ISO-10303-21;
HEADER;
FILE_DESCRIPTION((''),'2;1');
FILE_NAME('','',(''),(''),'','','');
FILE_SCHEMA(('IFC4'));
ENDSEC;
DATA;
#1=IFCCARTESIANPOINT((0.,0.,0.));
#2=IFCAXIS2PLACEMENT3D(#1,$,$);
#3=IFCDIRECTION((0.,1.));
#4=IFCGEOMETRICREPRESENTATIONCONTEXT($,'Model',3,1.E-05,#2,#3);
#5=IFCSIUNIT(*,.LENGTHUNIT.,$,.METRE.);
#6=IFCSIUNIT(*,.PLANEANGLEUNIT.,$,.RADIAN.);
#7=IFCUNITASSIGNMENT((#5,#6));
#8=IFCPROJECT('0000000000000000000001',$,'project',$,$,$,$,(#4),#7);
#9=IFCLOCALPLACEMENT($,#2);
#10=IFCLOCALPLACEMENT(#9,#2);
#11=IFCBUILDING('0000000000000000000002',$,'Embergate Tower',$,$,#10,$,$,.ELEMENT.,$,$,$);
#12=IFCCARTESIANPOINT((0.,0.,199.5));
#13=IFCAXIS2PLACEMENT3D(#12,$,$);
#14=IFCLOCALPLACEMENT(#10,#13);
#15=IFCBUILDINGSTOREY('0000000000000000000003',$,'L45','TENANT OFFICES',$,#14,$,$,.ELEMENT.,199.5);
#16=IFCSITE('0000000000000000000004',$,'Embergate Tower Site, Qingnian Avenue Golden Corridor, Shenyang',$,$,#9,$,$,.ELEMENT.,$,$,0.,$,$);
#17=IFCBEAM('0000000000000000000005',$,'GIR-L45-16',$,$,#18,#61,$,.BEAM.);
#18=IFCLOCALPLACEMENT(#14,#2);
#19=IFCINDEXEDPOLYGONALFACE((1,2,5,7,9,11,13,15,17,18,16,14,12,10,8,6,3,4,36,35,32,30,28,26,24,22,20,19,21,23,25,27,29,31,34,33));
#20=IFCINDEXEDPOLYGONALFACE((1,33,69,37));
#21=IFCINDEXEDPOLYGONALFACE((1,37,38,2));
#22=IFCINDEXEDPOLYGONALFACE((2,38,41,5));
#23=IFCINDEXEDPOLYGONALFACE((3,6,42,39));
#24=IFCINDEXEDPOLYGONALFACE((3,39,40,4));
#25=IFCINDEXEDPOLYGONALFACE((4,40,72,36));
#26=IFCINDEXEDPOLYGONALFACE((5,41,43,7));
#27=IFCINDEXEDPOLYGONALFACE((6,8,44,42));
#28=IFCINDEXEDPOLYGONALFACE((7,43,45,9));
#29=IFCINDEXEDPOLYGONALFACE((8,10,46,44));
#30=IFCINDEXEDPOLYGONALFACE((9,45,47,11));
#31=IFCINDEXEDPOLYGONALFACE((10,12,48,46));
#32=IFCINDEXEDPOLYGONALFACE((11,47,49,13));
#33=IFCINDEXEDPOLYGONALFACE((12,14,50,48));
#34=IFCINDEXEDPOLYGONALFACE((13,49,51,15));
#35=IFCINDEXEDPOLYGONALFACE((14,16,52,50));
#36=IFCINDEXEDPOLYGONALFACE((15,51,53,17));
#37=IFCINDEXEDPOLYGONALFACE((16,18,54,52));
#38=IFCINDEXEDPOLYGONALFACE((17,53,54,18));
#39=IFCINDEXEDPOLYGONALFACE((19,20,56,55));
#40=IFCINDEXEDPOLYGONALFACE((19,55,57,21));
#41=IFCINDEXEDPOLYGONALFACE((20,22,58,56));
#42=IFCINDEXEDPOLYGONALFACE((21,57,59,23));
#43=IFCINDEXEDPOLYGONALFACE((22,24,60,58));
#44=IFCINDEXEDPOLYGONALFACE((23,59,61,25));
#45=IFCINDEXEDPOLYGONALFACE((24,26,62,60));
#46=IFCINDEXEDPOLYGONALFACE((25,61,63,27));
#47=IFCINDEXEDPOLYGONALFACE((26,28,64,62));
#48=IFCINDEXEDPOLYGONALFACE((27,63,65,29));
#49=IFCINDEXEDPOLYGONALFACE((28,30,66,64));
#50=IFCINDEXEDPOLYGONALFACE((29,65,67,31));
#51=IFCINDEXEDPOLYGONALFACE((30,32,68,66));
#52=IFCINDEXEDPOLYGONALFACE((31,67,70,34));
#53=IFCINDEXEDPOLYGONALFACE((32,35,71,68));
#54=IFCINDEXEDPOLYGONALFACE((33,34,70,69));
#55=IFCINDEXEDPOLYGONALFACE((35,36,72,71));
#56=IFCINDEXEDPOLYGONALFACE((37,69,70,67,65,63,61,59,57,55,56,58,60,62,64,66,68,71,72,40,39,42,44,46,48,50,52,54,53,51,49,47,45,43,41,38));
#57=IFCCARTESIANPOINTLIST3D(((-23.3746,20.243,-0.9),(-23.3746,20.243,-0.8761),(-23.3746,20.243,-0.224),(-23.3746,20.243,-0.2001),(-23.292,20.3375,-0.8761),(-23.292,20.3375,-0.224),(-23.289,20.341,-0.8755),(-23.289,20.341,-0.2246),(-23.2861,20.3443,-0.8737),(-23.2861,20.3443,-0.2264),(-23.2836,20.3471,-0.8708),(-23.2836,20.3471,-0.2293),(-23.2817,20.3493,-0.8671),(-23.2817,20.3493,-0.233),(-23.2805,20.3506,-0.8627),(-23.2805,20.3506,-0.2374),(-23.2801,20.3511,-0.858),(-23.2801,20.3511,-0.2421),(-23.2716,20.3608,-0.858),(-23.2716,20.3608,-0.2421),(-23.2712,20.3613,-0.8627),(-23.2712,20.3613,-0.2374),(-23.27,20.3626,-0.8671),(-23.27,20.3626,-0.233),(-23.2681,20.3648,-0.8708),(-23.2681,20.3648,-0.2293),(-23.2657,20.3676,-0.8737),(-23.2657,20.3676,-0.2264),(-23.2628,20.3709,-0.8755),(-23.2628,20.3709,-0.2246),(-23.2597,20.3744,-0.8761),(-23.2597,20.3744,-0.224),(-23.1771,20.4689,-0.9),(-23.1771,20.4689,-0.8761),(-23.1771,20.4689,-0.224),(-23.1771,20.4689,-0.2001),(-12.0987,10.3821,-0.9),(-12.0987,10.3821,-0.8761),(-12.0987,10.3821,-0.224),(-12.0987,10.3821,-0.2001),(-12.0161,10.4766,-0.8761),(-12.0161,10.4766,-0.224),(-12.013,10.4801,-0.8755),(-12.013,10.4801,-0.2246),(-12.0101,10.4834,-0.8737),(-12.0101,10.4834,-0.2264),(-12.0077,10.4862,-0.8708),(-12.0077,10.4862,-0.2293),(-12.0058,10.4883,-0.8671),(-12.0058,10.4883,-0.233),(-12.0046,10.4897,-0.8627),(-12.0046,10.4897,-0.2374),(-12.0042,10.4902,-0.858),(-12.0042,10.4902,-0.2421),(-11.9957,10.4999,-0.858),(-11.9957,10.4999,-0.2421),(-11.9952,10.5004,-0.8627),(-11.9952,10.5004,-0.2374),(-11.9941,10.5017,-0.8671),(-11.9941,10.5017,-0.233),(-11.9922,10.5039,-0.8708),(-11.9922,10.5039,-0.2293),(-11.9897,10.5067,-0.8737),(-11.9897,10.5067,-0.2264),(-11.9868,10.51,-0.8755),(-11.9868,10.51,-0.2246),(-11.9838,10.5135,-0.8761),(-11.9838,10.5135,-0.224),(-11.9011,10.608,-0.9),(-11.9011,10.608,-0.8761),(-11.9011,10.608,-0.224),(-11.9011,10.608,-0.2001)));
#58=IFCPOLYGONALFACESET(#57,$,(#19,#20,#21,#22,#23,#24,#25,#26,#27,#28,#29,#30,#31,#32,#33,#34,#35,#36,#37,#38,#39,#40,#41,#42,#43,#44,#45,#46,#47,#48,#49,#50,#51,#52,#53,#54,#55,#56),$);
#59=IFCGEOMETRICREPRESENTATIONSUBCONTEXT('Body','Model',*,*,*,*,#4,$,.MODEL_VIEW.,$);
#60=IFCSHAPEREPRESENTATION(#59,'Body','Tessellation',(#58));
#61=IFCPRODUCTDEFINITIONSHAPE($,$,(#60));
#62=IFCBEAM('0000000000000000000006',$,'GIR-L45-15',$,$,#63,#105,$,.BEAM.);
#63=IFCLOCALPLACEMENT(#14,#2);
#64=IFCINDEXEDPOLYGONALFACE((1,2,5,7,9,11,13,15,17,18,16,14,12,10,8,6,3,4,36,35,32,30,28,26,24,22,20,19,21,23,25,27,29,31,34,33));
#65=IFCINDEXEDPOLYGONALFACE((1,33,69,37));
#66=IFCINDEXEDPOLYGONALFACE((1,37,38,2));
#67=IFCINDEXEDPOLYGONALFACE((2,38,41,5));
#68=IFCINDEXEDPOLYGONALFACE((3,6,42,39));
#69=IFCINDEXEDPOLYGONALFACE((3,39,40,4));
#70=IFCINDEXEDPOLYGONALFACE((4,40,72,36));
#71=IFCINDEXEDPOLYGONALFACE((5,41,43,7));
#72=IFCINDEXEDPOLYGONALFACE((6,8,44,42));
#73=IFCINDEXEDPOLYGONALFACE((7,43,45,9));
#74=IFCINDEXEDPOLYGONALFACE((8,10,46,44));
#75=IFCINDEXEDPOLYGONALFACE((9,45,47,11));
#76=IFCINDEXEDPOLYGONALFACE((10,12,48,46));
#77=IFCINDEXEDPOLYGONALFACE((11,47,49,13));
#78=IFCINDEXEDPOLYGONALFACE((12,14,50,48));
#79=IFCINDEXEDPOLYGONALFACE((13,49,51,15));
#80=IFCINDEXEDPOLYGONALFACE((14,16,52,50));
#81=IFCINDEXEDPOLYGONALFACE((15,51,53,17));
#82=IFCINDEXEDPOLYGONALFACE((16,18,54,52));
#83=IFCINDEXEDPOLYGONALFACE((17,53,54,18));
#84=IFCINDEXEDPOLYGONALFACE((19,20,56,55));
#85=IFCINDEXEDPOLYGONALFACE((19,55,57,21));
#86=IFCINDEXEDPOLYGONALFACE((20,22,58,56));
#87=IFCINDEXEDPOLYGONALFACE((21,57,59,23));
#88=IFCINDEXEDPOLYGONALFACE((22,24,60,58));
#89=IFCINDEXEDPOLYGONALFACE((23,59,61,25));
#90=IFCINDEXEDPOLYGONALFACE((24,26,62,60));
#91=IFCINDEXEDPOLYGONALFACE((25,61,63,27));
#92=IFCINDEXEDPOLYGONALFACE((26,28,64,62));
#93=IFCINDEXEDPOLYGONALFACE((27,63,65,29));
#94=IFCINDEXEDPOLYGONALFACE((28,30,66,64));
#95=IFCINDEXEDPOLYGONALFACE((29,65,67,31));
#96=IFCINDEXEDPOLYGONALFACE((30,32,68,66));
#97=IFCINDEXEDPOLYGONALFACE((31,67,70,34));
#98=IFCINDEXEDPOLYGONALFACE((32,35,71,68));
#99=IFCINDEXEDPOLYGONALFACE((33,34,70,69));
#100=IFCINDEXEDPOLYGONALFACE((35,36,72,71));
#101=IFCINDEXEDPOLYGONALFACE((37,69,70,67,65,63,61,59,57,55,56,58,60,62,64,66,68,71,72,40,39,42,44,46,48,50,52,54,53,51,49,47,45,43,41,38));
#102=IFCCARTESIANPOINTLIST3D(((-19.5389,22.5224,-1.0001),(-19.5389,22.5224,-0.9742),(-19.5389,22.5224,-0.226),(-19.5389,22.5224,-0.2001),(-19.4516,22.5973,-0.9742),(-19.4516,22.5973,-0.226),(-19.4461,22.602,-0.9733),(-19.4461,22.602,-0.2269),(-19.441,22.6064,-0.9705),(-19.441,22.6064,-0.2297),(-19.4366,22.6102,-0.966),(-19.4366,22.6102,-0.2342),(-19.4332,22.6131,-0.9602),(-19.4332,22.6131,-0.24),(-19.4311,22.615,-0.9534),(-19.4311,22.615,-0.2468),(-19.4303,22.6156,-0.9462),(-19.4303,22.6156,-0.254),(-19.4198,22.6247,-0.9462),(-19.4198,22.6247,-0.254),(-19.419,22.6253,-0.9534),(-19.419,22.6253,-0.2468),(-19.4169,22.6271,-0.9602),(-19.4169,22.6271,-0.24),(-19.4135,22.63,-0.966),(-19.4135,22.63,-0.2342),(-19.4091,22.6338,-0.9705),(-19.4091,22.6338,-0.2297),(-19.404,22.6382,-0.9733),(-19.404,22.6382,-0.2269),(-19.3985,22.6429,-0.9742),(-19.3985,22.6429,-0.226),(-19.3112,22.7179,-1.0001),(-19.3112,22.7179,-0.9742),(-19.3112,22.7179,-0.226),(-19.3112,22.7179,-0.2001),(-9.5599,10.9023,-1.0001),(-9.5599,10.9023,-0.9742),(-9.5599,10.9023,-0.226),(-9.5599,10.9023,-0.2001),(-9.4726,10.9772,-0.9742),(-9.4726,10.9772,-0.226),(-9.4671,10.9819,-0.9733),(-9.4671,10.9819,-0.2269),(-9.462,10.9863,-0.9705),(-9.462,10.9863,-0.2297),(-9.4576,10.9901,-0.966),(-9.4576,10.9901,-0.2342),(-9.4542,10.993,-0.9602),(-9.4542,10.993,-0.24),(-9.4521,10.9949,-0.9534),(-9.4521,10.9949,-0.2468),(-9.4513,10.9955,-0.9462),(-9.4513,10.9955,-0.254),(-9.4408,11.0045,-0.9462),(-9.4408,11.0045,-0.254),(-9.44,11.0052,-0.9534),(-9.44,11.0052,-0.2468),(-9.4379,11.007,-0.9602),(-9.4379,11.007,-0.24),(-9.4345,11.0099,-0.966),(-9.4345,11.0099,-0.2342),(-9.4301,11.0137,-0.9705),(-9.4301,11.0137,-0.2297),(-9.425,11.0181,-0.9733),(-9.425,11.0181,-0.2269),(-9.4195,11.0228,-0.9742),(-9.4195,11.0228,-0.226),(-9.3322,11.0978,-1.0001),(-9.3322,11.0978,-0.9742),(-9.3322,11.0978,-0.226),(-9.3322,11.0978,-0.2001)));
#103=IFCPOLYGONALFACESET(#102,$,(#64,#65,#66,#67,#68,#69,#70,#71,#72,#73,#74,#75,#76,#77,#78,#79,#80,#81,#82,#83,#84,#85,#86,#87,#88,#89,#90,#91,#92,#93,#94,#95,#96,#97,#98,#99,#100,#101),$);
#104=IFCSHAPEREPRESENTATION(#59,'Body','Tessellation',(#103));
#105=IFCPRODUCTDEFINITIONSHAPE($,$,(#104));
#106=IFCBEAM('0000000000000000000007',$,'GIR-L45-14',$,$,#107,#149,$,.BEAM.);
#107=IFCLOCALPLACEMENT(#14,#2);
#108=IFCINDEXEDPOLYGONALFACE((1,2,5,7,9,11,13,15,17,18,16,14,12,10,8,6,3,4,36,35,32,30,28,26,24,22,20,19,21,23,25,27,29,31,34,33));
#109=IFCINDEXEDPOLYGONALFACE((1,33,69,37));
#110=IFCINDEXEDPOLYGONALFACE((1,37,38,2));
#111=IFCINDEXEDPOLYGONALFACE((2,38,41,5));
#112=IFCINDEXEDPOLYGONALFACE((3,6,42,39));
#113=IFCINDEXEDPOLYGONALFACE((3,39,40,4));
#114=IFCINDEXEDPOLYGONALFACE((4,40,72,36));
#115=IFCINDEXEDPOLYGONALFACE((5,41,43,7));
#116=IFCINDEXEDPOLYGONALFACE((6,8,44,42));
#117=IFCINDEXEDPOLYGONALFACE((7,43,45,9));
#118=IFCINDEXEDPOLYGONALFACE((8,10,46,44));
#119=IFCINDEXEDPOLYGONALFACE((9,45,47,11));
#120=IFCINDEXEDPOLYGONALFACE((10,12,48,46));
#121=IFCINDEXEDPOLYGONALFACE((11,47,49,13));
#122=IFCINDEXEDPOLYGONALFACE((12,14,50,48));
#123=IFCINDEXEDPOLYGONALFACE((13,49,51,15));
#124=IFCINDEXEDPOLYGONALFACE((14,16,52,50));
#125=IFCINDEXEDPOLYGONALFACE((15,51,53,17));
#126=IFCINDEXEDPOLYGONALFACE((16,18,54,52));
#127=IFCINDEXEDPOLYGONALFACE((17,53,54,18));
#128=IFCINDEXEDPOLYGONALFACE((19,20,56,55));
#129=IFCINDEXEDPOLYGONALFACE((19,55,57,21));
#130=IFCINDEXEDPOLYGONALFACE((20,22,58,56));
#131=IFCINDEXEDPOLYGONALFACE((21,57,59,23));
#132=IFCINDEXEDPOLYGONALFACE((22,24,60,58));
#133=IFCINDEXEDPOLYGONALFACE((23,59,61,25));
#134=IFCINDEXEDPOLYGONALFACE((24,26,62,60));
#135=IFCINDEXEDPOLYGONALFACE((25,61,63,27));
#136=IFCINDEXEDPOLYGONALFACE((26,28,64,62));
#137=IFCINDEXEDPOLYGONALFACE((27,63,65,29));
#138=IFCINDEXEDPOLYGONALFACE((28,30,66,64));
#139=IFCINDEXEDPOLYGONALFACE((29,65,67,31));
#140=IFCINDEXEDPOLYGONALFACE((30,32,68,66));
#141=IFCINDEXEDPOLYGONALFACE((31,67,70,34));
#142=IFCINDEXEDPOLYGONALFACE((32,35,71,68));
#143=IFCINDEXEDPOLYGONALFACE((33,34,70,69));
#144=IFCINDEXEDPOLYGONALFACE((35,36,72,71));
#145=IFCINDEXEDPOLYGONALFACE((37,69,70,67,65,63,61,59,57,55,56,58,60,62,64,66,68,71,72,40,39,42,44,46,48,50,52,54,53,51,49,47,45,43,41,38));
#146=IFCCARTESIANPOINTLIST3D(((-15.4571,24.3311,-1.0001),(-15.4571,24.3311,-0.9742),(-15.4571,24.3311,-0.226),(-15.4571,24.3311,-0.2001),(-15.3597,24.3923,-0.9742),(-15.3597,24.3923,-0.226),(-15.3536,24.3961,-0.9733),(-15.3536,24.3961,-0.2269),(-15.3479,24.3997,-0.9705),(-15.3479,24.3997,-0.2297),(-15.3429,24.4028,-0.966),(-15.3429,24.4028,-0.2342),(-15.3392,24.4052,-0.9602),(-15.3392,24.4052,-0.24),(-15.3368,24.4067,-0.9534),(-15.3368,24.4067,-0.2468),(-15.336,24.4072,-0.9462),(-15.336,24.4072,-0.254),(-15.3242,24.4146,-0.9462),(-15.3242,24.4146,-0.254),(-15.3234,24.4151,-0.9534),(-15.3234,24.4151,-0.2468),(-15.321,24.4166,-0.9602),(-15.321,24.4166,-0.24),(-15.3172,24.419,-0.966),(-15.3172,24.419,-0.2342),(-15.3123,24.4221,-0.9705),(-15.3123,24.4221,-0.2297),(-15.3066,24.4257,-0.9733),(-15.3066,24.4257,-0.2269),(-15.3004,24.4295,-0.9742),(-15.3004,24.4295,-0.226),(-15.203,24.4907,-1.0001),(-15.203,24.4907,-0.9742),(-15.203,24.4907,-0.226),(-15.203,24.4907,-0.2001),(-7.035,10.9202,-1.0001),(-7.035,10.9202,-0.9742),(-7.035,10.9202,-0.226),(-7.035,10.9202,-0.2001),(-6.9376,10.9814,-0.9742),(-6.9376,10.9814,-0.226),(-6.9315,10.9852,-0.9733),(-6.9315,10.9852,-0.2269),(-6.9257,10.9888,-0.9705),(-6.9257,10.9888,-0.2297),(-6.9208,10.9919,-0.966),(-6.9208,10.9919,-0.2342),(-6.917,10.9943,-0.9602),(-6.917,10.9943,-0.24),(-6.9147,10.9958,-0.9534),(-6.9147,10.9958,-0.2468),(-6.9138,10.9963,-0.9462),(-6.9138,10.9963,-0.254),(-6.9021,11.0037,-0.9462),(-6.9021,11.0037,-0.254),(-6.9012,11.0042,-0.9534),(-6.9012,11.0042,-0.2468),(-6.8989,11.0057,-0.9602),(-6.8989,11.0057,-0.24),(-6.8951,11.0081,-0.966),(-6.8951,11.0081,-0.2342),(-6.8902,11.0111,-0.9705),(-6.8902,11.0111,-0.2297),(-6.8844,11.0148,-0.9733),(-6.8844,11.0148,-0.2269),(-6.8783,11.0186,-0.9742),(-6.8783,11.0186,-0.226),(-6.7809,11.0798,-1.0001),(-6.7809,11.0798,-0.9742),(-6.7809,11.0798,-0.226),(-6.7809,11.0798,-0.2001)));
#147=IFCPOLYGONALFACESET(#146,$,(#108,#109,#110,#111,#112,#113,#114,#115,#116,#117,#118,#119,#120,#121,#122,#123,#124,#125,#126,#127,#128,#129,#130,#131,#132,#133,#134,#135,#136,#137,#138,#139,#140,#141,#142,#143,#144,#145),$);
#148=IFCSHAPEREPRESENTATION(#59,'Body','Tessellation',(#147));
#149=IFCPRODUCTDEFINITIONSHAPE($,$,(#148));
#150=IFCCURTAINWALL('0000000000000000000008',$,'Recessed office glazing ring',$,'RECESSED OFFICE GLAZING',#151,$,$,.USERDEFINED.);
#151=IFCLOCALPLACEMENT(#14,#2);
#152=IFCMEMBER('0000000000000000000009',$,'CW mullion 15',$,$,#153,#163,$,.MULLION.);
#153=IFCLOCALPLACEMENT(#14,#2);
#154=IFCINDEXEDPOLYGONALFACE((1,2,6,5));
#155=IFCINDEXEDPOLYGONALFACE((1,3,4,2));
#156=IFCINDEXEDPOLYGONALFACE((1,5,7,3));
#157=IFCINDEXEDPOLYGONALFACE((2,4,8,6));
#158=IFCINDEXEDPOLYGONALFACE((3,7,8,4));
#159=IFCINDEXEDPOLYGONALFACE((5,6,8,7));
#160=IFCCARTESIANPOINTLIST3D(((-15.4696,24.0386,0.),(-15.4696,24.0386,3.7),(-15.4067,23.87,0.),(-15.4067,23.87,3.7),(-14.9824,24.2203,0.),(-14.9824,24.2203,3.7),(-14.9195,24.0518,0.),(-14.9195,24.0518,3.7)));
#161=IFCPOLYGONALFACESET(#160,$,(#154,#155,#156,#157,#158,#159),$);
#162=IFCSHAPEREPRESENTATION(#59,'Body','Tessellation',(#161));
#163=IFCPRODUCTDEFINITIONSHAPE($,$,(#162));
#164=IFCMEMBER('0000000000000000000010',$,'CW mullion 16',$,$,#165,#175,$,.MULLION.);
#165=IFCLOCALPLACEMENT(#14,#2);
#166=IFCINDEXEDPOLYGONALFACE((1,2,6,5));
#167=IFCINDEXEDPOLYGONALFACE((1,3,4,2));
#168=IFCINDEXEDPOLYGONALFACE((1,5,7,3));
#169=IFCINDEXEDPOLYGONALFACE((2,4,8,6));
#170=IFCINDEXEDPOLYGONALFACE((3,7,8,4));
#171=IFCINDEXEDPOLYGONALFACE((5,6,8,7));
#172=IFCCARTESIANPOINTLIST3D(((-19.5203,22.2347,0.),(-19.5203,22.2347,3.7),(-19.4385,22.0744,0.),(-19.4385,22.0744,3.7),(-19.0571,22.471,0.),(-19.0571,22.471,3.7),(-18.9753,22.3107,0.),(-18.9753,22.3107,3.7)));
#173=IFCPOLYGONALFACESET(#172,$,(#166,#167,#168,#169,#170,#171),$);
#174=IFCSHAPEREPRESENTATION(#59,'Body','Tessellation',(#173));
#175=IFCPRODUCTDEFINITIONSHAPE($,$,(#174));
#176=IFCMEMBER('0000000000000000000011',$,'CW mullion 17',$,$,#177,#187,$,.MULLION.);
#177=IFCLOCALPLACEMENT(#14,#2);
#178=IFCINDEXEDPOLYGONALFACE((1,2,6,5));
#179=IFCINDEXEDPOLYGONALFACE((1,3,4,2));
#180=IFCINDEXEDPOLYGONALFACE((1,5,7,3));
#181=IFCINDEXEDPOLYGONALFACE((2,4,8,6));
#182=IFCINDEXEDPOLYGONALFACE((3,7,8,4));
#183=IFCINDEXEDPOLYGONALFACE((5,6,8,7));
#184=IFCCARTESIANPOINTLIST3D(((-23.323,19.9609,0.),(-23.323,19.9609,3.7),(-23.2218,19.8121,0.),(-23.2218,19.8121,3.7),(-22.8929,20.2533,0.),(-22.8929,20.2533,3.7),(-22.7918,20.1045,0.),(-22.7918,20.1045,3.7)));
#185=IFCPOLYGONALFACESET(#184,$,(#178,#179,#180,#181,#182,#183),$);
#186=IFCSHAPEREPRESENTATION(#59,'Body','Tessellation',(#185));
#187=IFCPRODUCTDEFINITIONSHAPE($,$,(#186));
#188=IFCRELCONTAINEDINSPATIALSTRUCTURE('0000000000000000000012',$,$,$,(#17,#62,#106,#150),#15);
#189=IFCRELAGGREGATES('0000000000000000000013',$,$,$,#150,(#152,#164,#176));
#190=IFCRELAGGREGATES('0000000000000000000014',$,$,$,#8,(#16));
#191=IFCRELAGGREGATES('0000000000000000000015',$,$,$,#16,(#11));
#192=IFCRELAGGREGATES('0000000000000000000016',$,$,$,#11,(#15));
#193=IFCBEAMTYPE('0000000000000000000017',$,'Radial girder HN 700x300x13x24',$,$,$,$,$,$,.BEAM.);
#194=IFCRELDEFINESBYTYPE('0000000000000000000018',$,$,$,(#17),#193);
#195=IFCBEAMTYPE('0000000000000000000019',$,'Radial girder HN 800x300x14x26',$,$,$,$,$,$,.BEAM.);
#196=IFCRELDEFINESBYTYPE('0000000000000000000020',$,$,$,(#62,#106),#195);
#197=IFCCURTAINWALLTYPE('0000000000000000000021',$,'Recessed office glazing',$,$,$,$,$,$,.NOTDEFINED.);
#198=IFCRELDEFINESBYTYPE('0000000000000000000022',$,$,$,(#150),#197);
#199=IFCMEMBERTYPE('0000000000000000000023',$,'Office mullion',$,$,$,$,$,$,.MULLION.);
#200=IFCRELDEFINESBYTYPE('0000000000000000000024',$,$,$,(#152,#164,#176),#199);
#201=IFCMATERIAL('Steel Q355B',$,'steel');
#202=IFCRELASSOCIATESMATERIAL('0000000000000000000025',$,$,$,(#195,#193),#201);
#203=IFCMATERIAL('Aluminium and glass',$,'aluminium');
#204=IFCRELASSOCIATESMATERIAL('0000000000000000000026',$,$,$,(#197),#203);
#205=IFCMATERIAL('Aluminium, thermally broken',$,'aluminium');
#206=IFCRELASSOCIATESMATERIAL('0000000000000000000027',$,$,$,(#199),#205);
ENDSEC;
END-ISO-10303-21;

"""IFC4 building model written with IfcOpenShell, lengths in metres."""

from ifc_helpers import new_model, si_unit, direction, frame, origin, origin_2d, place, context, subcontext, project, spatial, rectangle, i_section, extrude, source, transform, mapped, material, material_profile, profile_set, type_object, element, aggregate, save


model = new_model("IFC4")

# Units and contexts
model_context = context("Model", 3, precision=1e-05, world=origin(), true_north=direction((0.0, 1.0)))
body_context = subcontext(model_context, "Body", "Model", "MODEL_VIEW")
ifc_project = project(units=[si_unit("LENGTHUNIT", "METRE"), si_unit("PLANEANGLEUNIT", "RADIAN")], contexts=[model_context])

# Site, building, storey
site_placement = place(None, origin())
site = spatial("IfcSite", under=ifc_project, at=site_placement, Name="Embergate Tower Site, Qingnian Avenue Golden Corridor, Shenyang", CompositionType="ELEMENT", RefElevation=0.0)
building_placement = place(site_placement, origin())
building = spatial("IfcBuilding", under=site, at=building_placement, Name="Embergate Tower", CompositionType="ELEMENT")
storey_placement = place(building_placement, frame((0.0, 0.0, 199.5)))
storey = spatial("IfcBuildingStorey", under=building, at=storey_placement, Name="L45", Description="TENANT OFFICES", CompositionType="ELEMENT", Elevation=199.5)

# Beams
ifc_material_1 = material(Name="Steel Q355B", Category="steel")
ifc_material_profile_1 = material_profile(ifc_material_1, i_section(OverallWidth=0.3, OverallDepth=0.8, WebThickness=0.0139, FlangeThickness=0.0259, FilletRadius=0.0281, at=origin_2d()), Name="HN 800x300x14x26")
ifc_profile_set_1 = profile_set([ifc_material_profile_1], Name="Steel Q355 grade B")
beam_type_1 = type_object("IfcBeamType", Name="Radial girder HN 800x300x14x26", PredefinedType="BEAM", material=ifc_profile_set_1)
ifc_material_profile_2 = material_profile(ifc_material_1, i_section(OverallWidth=0.3, OverallDepth=0.7, WebThickness=0.0129, FlangeThickness=0.0239, FilletRadius=0.0181, at=origin_2d()), Name="HN 700x300x13x24")
ifc_profile_set_2 = profile_set([ifc_material_profile_2], Name="Steel Q355 grade B")
beam_type_2 = type_object("IfcBeamType", Name="Radial girder HN 700x300x13x24", PredefinedType="BEAM", material=ifc_profile_set_2)
shared_shape_1 = source(origin(), body_context, "Body", "SweptSolid", [
    extrude(i_section(OverallWidth=0.3, OverallDepth=0.7, WebThickness=0.0129, FlangeThickness=0.0239, FilletRadius=0.0181, at=origin_2d()), origin(), (0.0, 0.0, 1.0), 14.9795),
])
beam_1_placement = place(storey_placement, frame((-23.2759, 20.356, -0.55), z_axis=(0.75276, -0.658295, 0.0), x_axis=(0.658295, 0.75276, 0.0)))
element("IfcBeam", 1, at=beam_1_placement, inside=storey, type_object=beam_type_2, Name="GIR-L45-16", PredefinedType="BEAM", context=body_context, shape_type="MappedRepresentation", body=[
    mapped(shared_shape_1, transform((0.0, 0.0, 0.0))),
])
shared_shape_2 = source(origin(), body_context, "Body", "SweptSolid", [
    extrude(i_section(OverallWidth=0.3, OverallDepth=0.8, WebThickness=0.0139, FlangeThickness=0.0259, FilletRadius=0.0281, at=origin_2d()), origin(), (0.0, 0.0, 1.0), 15.3169),
])
beam_2_placement = place(storey_placement, frame((-19.425, 22.6201, -0.6001), z_axis=(0.651503, -0.758646, 0.0), x_axis=(0.758646, 0.651503, 0.0)))
element("IfcBeam", 2, at=beam_2_placement, inside=storey, type_object=beam_type_1, Name="GIR-L45-15", PredefinedType="BEAM", context=body_context, shape_type="MappedRepresentation", body=[
    mapped(shared_shape_2, transform((0.0, 0.0, 0.0))),
])
shared_shape_3 = source(origin(), body_context, "Body", "SweptSolid", [
    extrude(i_section(OverallWidth=0.3, OverallDepth=0.8, WebThickness=0.0139, FlangeThickness=0.0259, FilletRadius=0.0281, at=origin_2d()), origin(), (0.0, 0.0, 1.0), 15.8362),
])
beam_3_placement = place(storey_placement, frame((-15.3301, 24.4109, -0.6001), z_axis=(0.531828, -0.846852, 0.0), x_axis=(0.846852, 0.531828, 0.0)))
element("IfcBeam", 3, at=beam_3_placement, inside=storey, type_object=beam_type_1, Name="GIR-L45-14", PredefinedType="BEAM", context=body_context, shape_type="MappedRepresentation", body=[
    mapped(shared_shape_3, transform((0.0, 0.0, 0.0))),
])

# Curtain wall, members
ifc_material_2 = material(Name="Aluminium and glass", Category="aluminium")
curtain_wall_type = type_object("IfcCurtainWallType", Name="Recessed office glazing", PredefinedType="NOTDEFINED", material=ifc_material_2)
curtain_wall_placement = place(storey_placement, origin())
curtain_wall = element("IfcCurtainWall", 4, at=curtain_wall_placement, inside=storey, type_object=curtain_wall_type, Name="Recessed office glazing ring", ObjectType="RECESSED OFFICE GLAZING", PredefinedType="USERDEFINED")
ifc_material_3 = material(Name="Aluminium, thermally broken", Category="aluminium")
ifc_material_profile_3 = material_profile(ifc_material_3, rectangle(XDim=0.1799, YDim=0.52, at=origin_2d()), Name="AL 520x180")
ifc_profile_set_3 = profile_set([ifc_material_profile_3], Name="Aluminium, thermally broken")
member_type_1 = type_object("IfcMemberType", Name="Office mullion", PredefinedType="MULLION", material=ifc_profile_set_3)
shared_shape_4 = source(origin(), body_context, "Body", "SweptSolid", [
    extrude(rectangle(XDim=0.1799, YDim=0.52, at=origin_2d()), origin(), (0.0, 0.0, 1.0), 3.7),
])
member_1_placement = place(storey_placement, frame((-15.1946, 24.0452, 0.0), z_axis=(0.0, 0.0, 1.0), x_axis=(0.349511, -0.936932, 0.0)))
member_1 = element("IfcMember", 5, at=member_1_placement, type_object=member_type_1, Name="CW mullion 15", PredefinedType="MULLION", context=body_context, shape_type="MappedRepresentation", body=[
    mapped(shared_shape_4, transform((0.0, 0.0, 0.0))),
])
member_2_placement = place(storey_placement, frame((-19.2478, 22.2727, 0.0), z_axis=(0.0, 0.0, 1.0), x_axis=(0.454521, -0.890736, 0.0)))
member_2 = element("IfcMember", 6, at=member_2_placement, type_object=member_type_1, Name="CW mullion 16", PredefinedType="MULLION", context=body_context, shape_type="MappedRepresentation", body=[
    mapped(shared_shape_4, transform((0.0, 0.0, 0.0))),
])
member_3_placement = place(storey_placement, frame((-23.0574, 20.0327, 0.0), z_axis=(0.0, 0.0, 1.0), x_axis=(0.562226, -0.826983, 0.0)))
member_3 = element("IfcMember", 7, at=member_3_placement, type_object=member_type_1, Name="CW mullion 17", PredefinedType="MULLION", context=body_context, shape_type="MappedRepresentation", body=[
    mapped(shared_shape_4, transform((0.0, 0.0, 0.0))),
])
aggregate(curtain_wall, [member_1, member_2, member_3])

save(model, "model.ifc")
